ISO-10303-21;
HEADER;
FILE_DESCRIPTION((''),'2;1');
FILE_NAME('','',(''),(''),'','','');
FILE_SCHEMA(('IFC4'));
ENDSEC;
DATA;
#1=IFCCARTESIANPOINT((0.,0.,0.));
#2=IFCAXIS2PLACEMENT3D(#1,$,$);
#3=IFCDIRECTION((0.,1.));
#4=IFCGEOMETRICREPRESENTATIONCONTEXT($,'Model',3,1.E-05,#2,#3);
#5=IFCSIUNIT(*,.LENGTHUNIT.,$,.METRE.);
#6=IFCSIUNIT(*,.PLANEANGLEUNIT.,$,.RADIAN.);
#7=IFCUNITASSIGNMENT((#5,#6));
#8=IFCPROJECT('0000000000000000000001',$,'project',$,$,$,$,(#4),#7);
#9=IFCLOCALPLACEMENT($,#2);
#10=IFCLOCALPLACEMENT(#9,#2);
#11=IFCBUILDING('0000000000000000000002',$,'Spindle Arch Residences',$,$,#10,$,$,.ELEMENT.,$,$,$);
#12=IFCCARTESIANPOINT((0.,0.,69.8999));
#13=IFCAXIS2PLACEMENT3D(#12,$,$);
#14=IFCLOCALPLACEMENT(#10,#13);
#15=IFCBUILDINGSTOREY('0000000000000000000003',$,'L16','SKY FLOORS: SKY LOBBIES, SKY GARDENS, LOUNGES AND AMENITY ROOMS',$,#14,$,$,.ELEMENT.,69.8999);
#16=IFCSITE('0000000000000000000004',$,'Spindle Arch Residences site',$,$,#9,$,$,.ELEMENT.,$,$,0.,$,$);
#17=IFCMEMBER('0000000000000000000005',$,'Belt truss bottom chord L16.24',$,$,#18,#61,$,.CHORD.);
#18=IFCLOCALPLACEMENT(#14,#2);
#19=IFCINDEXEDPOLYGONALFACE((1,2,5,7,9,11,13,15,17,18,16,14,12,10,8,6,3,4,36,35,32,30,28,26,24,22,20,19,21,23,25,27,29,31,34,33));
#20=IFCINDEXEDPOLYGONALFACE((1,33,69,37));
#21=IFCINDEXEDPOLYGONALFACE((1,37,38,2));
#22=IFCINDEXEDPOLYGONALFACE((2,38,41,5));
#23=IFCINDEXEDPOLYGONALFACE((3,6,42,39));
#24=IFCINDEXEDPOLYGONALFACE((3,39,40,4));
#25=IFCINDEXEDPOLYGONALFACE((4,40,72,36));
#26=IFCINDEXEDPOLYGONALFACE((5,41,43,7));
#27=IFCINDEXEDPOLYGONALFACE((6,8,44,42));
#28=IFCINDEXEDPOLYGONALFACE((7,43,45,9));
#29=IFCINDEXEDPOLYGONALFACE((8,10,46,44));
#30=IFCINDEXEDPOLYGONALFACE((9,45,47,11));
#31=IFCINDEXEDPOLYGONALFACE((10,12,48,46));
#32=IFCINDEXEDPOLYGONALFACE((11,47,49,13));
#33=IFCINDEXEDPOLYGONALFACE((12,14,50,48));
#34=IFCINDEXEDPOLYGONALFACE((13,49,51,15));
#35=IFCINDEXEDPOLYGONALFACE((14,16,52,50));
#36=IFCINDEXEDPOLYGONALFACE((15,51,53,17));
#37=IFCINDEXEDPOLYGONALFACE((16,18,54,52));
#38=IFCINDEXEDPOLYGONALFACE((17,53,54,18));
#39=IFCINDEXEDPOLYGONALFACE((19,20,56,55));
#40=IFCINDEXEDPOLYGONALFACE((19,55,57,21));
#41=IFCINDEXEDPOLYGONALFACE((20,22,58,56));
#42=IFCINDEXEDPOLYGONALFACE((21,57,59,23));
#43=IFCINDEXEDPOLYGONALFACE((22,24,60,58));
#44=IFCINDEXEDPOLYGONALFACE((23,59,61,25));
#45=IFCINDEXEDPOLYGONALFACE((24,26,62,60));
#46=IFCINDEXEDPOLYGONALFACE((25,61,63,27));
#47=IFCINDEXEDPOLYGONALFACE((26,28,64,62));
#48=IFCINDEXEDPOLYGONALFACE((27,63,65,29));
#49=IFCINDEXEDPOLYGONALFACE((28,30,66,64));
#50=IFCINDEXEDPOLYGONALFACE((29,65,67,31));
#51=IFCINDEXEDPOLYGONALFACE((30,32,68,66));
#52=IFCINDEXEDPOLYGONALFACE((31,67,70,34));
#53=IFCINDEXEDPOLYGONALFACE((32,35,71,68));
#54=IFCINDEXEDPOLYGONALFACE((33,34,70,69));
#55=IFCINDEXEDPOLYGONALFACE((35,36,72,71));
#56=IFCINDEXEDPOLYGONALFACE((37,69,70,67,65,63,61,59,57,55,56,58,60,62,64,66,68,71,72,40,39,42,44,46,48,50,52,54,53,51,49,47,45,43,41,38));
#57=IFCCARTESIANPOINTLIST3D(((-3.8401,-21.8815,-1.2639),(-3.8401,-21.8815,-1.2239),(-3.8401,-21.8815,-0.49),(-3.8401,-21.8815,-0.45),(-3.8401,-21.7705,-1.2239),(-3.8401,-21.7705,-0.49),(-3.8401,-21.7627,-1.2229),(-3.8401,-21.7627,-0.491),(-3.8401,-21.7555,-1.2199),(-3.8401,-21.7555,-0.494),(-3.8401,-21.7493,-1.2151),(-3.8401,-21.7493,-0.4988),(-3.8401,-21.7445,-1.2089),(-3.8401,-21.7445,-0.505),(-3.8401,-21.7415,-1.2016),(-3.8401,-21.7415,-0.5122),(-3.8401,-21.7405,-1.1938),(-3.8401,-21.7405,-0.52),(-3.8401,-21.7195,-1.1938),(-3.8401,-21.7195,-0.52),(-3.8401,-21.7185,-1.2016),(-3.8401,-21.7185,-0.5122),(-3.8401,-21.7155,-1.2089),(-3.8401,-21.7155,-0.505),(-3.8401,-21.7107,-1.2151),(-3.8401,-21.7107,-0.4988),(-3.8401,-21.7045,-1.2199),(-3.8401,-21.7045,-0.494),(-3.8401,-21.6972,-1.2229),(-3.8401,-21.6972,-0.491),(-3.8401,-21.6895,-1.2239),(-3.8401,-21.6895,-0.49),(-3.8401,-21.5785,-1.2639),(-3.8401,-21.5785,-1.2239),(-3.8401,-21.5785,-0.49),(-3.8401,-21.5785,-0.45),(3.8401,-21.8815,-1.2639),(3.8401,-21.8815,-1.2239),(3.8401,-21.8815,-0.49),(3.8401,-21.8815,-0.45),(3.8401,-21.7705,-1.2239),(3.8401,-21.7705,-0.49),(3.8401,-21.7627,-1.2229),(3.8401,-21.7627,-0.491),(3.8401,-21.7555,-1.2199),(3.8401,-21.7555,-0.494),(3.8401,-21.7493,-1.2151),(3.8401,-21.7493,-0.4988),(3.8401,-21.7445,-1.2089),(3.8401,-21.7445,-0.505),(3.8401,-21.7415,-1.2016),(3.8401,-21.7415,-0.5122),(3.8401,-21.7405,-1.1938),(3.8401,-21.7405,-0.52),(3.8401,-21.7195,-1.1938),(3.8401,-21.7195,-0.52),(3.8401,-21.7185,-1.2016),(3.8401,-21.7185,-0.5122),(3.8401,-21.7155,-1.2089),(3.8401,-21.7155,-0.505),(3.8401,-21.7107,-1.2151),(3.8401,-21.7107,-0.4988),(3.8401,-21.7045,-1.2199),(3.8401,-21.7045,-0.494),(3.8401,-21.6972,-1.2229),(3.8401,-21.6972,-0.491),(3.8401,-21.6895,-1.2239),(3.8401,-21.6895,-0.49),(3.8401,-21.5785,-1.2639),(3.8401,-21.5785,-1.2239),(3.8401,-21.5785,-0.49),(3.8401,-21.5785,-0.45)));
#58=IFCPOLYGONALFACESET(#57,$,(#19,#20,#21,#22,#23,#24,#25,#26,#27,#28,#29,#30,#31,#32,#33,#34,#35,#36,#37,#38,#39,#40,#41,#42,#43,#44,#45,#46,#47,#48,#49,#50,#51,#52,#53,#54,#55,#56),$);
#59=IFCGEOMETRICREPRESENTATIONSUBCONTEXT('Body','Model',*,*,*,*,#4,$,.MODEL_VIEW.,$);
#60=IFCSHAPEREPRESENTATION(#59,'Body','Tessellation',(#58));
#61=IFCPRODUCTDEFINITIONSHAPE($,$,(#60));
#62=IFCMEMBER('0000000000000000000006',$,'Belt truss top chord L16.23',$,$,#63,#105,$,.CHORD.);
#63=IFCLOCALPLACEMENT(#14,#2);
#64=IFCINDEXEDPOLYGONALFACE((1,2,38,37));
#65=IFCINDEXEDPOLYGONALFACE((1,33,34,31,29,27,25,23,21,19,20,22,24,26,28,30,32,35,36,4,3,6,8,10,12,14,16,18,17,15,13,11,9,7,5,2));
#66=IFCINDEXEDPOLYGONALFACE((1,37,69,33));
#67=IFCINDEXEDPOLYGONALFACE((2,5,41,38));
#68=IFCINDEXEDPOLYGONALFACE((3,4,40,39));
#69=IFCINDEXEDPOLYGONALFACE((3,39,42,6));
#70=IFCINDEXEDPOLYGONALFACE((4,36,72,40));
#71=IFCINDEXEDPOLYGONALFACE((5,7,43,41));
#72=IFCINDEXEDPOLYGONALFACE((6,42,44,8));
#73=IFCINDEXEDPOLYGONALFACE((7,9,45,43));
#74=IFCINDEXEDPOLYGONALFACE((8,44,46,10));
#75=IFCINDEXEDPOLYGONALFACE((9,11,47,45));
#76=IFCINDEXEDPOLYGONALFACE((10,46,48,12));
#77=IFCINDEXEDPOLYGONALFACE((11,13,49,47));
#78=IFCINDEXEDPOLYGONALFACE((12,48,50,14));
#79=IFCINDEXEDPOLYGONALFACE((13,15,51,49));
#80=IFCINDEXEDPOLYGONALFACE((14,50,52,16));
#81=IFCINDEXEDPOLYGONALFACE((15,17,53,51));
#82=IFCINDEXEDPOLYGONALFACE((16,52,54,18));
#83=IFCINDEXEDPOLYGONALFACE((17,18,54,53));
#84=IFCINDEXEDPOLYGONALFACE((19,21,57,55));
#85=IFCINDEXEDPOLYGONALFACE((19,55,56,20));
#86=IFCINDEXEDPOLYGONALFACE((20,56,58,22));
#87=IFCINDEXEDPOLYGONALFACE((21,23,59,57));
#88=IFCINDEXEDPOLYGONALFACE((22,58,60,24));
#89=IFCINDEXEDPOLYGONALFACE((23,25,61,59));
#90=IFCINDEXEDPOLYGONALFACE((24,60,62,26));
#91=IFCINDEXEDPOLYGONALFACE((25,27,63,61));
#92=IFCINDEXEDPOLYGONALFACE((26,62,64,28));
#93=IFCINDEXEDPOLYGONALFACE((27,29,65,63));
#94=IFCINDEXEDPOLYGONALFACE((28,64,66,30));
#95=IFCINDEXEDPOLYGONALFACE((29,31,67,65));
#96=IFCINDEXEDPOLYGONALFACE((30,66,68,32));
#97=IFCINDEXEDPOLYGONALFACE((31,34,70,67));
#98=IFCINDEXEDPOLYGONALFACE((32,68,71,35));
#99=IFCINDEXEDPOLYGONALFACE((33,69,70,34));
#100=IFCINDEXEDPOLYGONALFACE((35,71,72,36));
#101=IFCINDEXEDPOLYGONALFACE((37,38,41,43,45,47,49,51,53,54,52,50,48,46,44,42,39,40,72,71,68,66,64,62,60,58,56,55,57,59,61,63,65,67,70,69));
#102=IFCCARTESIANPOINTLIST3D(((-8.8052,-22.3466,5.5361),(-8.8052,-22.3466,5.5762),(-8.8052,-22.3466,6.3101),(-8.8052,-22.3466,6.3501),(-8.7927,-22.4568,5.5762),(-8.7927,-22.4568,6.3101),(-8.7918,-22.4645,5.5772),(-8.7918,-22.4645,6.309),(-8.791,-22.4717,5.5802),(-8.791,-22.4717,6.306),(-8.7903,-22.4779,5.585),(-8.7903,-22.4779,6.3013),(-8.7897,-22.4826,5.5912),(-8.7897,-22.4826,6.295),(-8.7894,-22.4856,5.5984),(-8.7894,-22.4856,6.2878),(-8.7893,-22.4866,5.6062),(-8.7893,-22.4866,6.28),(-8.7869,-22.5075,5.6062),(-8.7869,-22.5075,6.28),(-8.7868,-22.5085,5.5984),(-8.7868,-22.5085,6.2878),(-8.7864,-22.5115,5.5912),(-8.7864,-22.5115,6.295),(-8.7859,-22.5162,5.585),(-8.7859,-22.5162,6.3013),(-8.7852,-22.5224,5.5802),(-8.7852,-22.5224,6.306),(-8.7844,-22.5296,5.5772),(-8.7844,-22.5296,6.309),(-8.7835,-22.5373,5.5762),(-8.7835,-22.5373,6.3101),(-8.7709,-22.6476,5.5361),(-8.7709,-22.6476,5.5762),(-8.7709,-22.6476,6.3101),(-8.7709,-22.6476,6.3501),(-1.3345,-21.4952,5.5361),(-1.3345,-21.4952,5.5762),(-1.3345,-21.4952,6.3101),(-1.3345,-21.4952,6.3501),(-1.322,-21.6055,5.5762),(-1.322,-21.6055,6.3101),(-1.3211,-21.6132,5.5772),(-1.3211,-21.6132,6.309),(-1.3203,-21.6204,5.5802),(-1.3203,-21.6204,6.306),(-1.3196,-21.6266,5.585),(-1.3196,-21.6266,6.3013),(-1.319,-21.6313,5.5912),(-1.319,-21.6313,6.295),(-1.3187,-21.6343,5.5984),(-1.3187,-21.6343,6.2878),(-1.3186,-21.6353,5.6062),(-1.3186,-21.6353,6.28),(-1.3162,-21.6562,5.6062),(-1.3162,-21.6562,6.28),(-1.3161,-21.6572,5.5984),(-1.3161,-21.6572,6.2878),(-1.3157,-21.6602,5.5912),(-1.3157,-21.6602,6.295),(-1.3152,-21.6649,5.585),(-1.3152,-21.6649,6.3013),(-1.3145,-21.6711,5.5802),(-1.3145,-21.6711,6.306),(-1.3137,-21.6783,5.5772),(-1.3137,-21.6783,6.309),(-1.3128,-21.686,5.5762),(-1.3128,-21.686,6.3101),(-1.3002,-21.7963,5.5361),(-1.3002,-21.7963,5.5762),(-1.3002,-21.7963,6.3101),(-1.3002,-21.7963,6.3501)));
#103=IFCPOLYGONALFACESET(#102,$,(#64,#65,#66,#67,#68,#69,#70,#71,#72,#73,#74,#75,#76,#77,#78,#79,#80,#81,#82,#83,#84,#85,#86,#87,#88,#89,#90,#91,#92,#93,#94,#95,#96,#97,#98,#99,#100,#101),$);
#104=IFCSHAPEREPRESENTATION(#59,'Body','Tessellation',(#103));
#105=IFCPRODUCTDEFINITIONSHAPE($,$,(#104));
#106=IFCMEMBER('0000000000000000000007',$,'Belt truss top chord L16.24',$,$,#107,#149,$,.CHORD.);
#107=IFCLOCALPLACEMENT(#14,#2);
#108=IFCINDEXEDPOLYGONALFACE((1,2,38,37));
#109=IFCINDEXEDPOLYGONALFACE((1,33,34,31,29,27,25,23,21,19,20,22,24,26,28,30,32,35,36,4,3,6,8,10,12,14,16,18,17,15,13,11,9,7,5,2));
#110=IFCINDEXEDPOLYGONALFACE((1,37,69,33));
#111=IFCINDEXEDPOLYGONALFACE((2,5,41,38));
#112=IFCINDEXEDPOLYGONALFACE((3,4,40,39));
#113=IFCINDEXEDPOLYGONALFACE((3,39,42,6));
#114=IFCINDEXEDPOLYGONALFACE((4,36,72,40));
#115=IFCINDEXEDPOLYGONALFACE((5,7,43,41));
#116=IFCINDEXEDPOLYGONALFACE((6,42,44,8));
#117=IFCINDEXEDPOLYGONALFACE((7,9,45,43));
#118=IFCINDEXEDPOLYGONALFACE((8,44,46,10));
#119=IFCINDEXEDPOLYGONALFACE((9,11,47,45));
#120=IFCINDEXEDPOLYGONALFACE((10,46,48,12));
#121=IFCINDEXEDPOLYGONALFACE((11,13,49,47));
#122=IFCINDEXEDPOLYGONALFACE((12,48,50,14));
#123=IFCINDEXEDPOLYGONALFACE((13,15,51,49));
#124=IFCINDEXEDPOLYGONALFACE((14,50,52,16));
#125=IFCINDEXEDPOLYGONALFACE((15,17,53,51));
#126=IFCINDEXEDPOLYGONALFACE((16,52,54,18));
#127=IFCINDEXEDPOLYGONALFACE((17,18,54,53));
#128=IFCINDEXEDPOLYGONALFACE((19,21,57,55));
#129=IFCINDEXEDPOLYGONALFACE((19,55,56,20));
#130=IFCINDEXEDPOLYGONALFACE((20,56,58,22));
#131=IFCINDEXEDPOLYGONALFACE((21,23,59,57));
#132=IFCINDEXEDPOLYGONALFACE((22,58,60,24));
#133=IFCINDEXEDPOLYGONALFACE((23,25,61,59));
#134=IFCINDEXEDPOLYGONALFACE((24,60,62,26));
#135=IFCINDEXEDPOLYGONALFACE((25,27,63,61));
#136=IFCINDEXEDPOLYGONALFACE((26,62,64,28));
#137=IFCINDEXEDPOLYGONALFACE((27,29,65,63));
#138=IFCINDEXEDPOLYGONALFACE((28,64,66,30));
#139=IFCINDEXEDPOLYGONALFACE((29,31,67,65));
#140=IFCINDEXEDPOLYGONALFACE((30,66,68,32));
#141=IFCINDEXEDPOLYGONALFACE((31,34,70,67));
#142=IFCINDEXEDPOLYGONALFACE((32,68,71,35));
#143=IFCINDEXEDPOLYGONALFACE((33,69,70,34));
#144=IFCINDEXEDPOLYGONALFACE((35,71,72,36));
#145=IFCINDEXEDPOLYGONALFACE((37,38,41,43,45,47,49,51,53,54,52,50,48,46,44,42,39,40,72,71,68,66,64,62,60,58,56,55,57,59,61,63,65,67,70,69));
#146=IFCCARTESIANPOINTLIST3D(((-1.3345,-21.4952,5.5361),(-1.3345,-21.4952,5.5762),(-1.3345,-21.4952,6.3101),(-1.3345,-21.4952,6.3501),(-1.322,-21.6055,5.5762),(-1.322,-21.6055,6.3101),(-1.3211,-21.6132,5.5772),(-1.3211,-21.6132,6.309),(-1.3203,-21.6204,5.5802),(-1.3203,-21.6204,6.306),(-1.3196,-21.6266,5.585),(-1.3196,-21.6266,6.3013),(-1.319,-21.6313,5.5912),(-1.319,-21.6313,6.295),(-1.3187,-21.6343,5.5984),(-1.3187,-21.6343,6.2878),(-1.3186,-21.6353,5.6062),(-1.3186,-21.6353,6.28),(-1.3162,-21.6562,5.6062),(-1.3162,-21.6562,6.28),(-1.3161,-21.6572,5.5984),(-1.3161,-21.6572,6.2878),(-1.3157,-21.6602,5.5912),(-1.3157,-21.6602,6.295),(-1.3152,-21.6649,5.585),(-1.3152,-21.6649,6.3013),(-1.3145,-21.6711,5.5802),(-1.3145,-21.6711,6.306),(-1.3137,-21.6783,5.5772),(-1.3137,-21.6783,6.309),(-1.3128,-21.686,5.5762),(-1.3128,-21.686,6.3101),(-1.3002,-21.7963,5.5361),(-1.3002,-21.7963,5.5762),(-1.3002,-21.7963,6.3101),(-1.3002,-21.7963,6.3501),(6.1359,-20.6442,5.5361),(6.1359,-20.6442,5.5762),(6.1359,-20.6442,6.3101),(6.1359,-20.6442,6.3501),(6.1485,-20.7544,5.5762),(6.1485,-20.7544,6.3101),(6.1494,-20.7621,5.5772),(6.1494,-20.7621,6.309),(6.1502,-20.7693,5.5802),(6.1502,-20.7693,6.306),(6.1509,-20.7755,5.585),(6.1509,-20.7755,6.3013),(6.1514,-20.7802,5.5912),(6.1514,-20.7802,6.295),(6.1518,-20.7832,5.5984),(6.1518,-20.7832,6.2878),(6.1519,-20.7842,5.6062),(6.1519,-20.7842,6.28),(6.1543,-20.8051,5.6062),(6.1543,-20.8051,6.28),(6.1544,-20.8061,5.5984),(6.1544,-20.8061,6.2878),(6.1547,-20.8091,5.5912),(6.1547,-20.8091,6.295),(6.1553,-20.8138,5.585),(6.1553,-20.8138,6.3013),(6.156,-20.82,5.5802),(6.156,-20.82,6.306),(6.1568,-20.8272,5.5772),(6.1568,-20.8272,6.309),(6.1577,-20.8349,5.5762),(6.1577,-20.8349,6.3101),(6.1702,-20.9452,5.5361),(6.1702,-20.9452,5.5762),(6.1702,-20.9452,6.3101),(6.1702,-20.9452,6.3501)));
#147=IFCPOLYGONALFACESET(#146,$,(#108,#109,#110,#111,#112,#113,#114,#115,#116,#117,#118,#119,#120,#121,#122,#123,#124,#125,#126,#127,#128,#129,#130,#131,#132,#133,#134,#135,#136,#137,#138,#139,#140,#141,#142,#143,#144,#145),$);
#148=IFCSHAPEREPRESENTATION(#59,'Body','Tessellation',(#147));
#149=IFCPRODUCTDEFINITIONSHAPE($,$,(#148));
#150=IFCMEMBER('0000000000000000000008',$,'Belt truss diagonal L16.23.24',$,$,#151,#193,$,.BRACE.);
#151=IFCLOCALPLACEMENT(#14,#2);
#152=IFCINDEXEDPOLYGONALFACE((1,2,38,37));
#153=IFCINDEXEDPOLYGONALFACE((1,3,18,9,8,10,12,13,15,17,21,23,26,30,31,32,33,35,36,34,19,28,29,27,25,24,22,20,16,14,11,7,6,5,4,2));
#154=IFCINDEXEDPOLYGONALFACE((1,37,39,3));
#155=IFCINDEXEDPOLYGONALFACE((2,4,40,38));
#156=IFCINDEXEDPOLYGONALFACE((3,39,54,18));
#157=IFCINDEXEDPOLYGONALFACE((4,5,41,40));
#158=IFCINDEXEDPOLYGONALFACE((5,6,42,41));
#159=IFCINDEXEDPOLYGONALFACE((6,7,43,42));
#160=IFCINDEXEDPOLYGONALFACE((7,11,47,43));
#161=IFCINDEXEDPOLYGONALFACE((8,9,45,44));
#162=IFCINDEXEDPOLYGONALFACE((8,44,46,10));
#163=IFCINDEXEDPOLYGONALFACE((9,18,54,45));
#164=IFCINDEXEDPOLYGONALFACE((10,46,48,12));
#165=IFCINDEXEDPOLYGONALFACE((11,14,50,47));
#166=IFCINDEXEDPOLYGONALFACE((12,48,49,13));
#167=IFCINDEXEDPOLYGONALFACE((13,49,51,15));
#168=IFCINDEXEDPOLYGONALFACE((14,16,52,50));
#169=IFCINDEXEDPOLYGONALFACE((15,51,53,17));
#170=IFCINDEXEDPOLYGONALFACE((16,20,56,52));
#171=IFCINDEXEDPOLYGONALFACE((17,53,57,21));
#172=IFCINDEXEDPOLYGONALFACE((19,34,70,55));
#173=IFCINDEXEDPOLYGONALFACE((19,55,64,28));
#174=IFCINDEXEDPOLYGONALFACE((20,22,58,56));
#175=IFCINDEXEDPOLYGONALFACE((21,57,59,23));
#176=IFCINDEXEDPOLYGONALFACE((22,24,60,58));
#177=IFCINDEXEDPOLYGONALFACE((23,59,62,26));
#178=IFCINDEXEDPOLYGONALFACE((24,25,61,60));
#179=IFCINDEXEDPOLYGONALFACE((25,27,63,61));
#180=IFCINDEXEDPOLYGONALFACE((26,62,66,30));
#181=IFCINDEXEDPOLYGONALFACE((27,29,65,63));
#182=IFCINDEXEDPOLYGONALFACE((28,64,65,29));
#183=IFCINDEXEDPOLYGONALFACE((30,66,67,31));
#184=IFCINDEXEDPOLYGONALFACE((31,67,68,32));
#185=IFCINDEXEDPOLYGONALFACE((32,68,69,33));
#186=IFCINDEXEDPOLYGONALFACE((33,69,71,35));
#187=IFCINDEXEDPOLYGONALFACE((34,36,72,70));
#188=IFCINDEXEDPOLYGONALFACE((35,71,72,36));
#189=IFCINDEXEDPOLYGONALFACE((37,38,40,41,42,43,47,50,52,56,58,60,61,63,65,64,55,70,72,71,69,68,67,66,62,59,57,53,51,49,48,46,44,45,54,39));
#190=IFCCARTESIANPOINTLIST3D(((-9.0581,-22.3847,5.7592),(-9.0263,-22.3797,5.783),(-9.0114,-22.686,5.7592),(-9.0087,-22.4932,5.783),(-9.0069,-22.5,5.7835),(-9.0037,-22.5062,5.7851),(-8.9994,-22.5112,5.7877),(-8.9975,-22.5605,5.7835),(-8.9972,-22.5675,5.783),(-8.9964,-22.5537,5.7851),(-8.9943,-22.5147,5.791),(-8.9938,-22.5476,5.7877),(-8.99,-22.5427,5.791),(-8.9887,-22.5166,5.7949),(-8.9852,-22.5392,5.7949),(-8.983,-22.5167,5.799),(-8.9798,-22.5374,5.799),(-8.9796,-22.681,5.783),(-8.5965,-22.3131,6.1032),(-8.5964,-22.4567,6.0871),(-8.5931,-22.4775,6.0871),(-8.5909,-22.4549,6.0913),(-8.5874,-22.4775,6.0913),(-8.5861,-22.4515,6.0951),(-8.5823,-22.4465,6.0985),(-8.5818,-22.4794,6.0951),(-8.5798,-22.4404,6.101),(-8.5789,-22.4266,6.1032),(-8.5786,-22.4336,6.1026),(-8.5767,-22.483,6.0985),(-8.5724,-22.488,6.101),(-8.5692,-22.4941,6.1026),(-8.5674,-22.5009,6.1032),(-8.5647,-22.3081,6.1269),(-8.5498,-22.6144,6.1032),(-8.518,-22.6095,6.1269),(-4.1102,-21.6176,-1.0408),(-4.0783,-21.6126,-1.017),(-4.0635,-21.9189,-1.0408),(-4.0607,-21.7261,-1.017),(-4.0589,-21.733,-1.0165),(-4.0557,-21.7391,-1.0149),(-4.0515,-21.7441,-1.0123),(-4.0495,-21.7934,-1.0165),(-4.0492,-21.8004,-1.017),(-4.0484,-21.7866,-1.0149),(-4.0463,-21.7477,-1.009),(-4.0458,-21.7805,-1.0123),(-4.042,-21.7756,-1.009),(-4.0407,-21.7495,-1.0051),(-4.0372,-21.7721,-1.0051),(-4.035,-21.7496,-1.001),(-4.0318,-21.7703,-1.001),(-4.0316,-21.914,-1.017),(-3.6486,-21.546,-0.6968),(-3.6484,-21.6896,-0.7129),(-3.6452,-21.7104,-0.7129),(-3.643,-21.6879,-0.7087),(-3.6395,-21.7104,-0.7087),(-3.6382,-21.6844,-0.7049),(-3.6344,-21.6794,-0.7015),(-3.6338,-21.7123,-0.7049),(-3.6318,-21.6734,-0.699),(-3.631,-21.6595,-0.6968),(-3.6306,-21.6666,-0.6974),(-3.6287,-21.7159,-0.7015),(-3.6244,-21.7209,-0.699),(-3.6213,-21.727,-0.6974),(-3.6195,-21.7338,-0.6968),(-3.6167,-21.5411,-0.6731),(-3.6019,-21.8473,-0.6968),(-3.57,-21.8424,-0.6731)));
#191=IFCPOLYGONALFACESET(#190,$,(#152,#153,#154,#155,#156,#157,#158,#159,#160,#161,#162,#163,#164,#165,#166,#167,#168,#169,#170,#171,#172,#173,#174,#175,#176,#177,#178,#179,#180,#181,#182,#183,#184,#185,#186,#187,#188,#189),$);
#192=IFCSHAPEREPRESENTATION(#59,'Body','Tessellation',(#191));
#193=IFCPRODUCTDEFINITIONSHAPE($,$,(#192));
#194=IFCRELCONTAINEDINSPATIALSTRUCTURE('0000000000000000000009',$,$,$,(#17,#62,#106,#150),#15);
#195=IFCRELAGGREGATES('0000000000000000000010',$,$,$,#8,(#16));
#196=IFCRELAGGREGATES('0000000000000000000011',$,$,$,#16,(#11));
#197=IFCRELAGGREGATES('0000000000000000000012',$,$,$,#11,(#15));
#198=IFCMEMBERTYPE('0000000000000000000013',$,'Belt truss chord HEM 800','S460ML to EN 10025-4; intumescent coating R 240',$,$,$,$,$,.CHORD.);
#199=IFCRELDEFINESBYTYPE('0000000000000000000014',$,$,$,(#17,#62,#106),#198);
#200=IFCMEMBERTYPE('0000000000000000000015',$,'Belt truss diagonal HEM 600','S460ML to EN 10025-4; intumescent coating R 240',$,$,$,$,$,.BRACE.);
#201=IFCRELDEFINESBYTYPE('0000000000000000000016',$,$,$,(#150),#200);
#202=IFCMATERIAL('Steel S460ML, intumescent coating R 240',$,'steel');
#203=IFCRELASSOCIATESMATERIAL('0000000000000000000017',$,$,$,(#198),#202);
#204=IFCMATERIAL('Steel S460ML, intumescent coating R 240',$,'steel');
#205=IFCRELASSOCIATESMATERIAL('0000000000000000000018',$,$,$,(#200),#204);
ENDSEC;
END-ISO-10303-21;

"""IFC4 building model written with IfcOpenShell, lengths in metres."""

from ifc_helpers import new_model, si_unit, direction, frame, origin, origin_2d, place, context, subcontext, project, spatial, i_section, extrude, material, material_profile, profile_set, type_object, element, save


model = new_model("IFC4")

# Units and contexts
model_context = context("Model", 3, precision=1e-05, world=origin(), true_north=direction((0.0, 1.0)))
body_context = subcontext(model_context, "Body", "Model", "MODEL_VIEW")
ifc_project = project(units=[si_unit("LENGTHUNIT", "METRE"), si_unit("PLANEANGLEUNIT", "RADIAN")], contexts=[model_context])

# Site, building, storey
site_placement = place(None, origin())
site = spatial("IfcSite", under=ifc_project, at=site_placement, Name="Spindle Arch Residences site", CompositionType="ELEMENT", RefElevation=0.0)
building_placement = place(site_placement, origin())
building = spatial("IfcBuilding", under=site, at=building_placement, Name="Spindle Arch Residences", CompositionType="ELEMENT")
storey_placement = place(building_placement, frame((0.0, 0.0, 69.8999)))
storey = spatial("IfcBuildingStorey", under=building, at=storey_placement, Name="L16", Description="SKY FLOORS: SKY LOBBIES, SKY GARDENS, LOUNGES AND AMENITY ROOMS", CompositionType="ELEMENT", Elevation=69.8999)

# Members
ifc_material_1 = material(Name="Steel S460ML, intumescent coating R 240", Category="steel")
ifc_material_profile_1 = material_profile(ifc_material_1, i_section(OverallWidth=0.303, OverallDepth=0.814, WebThickness=0.021, FlangeThickness=0.04, FilletRadius=0.03, at=origin_2d()), Name="HEM 800")
ifc_profile_set_1 = profile_set([ifc_material_profile_1], Name="Steel S460ML, intumescent coating R 240")
member_type_1 = type_object("IfcMemberType", Name="Belt truss chord HEM 800", Description="S460ML to EN 10025-4; intumescent coating R 240", PredefinedType="CHORD", material=ifc_profile_set_1)
member_1_placement = place(storey_placement, frame((-3.8401, -21.73, -0.8569), z_axis=(1.0, 0.0, 0.0), x_axis=(0.0, 1.0, 0.0)))
element("IfcMember", 1, at=member_1_placement, inside=storey, type_object=member_type_1, Name="Belt truss bottom chord L16.24", PredefinedType="CHORD", context=body_context, shape_type="SweptSolid", body=[
    extrude(i_section(OverallWidth=0.303, OverallDepth=0.814, WebThickness=0.021, FlangeThickness=0.04, FilletRadius=0.03, at=origin_2d()), origin(), (0.0, 0.0, 1.0), 7.6802),
])
member_2_placement = place(storey_placement, frame((-8.7881, -22.4971, 5.9431), z_axis=(0.99357, 0.113221, 0.0), x_axis=(-0.113221, 0.99357, 0.0)))
element("IfcMember", 2, at=member_2_placement, inside=storey, type_object=member_type_1, Name="Belt truss top chord L16.23", PredefinedType="CHORD", context=body_context, shape_type="SweptSolid", body=[
    extrude(i_section(OverallWidth=0.303, OverallDepth=0.814, WebThickness=0.021, FlangeThickness=0.04, FilletRadius=0.03, at=origin_2d()), origin(), (0.0, 0.0, 1.0), 7.519),
])
member_3_placement = place(storey_placement, frame((-1.3174, -21.6458, 5.9431), z_axis=(0.993573, 0.113193, 0.0), x_axis=(-0.113193, 0.993573, 0.0)))
element("IfcMember", 3, at=member_3_placement, inside=storey, type_object=member_type_1, Name="Belt truss top chord L16.24", PredefinedType="CHORD", context=body_context, shape_type="SweptSolid", body=[
    extrude(i_section(OverallWidth=0.303, OverallDepth=0.814, WebThickness=0.021, FlangeThickness=0.04, FilletRadius=0.03, at=origin_2d()), origin(), (0.0, 0.0, 1.0), 7.5188),
])
ifc_material_2 = material(Name="Steel S460ML, intumescent coating R 240", Category="steel")
ifc_material_profile_2 = material_profile(ifc_material_2, i_section(OverallWidth=0.3049, OverallDepth=0.6201, WebThickness=0.021, FlangeThickness=0.04, FilletRadius=0.0271, at=origin_2d()), Name="HEM 600")
ifc_profile_set_2 = profile_set([ifc_material_profile_2], Name="Steel S460ML, intumescent coating R 240")
member_type_2 = type_object("IfcMemberType", Name="Belt truss diagonal HEM 600", Description="S460ML to EN 10025-4; intumescent coating R 240", PredefinedType="BRACE", material=ifc_profile_set_2)
member_4_placement = place(storey_placement, frame((-3.8401, -21.73, -0.8569), z_axis=(-0.585934, -0.090838, 0.805251), x_axis=(0.1532, -0.988195, 0.0)))
element("IfcMember", 4, at=member_4_placement, inside=storey, type_object=member_type_2, Name="Belt truss diagonal L16.23.24", PredefinedType="BRACE", context=body_context, shape_type="SweptSolid", body=[
    extrude(i_section(OverallWidth=0.3049, OverallDepth=0.6201, WebThickness=0.021, FlangeThickness=0.04, FilletRadius=0.0271, at=origin_2d()), origin(), (0.0, 0.0, 1.0), 8.4446),
])

save(model, "model.ifc")
